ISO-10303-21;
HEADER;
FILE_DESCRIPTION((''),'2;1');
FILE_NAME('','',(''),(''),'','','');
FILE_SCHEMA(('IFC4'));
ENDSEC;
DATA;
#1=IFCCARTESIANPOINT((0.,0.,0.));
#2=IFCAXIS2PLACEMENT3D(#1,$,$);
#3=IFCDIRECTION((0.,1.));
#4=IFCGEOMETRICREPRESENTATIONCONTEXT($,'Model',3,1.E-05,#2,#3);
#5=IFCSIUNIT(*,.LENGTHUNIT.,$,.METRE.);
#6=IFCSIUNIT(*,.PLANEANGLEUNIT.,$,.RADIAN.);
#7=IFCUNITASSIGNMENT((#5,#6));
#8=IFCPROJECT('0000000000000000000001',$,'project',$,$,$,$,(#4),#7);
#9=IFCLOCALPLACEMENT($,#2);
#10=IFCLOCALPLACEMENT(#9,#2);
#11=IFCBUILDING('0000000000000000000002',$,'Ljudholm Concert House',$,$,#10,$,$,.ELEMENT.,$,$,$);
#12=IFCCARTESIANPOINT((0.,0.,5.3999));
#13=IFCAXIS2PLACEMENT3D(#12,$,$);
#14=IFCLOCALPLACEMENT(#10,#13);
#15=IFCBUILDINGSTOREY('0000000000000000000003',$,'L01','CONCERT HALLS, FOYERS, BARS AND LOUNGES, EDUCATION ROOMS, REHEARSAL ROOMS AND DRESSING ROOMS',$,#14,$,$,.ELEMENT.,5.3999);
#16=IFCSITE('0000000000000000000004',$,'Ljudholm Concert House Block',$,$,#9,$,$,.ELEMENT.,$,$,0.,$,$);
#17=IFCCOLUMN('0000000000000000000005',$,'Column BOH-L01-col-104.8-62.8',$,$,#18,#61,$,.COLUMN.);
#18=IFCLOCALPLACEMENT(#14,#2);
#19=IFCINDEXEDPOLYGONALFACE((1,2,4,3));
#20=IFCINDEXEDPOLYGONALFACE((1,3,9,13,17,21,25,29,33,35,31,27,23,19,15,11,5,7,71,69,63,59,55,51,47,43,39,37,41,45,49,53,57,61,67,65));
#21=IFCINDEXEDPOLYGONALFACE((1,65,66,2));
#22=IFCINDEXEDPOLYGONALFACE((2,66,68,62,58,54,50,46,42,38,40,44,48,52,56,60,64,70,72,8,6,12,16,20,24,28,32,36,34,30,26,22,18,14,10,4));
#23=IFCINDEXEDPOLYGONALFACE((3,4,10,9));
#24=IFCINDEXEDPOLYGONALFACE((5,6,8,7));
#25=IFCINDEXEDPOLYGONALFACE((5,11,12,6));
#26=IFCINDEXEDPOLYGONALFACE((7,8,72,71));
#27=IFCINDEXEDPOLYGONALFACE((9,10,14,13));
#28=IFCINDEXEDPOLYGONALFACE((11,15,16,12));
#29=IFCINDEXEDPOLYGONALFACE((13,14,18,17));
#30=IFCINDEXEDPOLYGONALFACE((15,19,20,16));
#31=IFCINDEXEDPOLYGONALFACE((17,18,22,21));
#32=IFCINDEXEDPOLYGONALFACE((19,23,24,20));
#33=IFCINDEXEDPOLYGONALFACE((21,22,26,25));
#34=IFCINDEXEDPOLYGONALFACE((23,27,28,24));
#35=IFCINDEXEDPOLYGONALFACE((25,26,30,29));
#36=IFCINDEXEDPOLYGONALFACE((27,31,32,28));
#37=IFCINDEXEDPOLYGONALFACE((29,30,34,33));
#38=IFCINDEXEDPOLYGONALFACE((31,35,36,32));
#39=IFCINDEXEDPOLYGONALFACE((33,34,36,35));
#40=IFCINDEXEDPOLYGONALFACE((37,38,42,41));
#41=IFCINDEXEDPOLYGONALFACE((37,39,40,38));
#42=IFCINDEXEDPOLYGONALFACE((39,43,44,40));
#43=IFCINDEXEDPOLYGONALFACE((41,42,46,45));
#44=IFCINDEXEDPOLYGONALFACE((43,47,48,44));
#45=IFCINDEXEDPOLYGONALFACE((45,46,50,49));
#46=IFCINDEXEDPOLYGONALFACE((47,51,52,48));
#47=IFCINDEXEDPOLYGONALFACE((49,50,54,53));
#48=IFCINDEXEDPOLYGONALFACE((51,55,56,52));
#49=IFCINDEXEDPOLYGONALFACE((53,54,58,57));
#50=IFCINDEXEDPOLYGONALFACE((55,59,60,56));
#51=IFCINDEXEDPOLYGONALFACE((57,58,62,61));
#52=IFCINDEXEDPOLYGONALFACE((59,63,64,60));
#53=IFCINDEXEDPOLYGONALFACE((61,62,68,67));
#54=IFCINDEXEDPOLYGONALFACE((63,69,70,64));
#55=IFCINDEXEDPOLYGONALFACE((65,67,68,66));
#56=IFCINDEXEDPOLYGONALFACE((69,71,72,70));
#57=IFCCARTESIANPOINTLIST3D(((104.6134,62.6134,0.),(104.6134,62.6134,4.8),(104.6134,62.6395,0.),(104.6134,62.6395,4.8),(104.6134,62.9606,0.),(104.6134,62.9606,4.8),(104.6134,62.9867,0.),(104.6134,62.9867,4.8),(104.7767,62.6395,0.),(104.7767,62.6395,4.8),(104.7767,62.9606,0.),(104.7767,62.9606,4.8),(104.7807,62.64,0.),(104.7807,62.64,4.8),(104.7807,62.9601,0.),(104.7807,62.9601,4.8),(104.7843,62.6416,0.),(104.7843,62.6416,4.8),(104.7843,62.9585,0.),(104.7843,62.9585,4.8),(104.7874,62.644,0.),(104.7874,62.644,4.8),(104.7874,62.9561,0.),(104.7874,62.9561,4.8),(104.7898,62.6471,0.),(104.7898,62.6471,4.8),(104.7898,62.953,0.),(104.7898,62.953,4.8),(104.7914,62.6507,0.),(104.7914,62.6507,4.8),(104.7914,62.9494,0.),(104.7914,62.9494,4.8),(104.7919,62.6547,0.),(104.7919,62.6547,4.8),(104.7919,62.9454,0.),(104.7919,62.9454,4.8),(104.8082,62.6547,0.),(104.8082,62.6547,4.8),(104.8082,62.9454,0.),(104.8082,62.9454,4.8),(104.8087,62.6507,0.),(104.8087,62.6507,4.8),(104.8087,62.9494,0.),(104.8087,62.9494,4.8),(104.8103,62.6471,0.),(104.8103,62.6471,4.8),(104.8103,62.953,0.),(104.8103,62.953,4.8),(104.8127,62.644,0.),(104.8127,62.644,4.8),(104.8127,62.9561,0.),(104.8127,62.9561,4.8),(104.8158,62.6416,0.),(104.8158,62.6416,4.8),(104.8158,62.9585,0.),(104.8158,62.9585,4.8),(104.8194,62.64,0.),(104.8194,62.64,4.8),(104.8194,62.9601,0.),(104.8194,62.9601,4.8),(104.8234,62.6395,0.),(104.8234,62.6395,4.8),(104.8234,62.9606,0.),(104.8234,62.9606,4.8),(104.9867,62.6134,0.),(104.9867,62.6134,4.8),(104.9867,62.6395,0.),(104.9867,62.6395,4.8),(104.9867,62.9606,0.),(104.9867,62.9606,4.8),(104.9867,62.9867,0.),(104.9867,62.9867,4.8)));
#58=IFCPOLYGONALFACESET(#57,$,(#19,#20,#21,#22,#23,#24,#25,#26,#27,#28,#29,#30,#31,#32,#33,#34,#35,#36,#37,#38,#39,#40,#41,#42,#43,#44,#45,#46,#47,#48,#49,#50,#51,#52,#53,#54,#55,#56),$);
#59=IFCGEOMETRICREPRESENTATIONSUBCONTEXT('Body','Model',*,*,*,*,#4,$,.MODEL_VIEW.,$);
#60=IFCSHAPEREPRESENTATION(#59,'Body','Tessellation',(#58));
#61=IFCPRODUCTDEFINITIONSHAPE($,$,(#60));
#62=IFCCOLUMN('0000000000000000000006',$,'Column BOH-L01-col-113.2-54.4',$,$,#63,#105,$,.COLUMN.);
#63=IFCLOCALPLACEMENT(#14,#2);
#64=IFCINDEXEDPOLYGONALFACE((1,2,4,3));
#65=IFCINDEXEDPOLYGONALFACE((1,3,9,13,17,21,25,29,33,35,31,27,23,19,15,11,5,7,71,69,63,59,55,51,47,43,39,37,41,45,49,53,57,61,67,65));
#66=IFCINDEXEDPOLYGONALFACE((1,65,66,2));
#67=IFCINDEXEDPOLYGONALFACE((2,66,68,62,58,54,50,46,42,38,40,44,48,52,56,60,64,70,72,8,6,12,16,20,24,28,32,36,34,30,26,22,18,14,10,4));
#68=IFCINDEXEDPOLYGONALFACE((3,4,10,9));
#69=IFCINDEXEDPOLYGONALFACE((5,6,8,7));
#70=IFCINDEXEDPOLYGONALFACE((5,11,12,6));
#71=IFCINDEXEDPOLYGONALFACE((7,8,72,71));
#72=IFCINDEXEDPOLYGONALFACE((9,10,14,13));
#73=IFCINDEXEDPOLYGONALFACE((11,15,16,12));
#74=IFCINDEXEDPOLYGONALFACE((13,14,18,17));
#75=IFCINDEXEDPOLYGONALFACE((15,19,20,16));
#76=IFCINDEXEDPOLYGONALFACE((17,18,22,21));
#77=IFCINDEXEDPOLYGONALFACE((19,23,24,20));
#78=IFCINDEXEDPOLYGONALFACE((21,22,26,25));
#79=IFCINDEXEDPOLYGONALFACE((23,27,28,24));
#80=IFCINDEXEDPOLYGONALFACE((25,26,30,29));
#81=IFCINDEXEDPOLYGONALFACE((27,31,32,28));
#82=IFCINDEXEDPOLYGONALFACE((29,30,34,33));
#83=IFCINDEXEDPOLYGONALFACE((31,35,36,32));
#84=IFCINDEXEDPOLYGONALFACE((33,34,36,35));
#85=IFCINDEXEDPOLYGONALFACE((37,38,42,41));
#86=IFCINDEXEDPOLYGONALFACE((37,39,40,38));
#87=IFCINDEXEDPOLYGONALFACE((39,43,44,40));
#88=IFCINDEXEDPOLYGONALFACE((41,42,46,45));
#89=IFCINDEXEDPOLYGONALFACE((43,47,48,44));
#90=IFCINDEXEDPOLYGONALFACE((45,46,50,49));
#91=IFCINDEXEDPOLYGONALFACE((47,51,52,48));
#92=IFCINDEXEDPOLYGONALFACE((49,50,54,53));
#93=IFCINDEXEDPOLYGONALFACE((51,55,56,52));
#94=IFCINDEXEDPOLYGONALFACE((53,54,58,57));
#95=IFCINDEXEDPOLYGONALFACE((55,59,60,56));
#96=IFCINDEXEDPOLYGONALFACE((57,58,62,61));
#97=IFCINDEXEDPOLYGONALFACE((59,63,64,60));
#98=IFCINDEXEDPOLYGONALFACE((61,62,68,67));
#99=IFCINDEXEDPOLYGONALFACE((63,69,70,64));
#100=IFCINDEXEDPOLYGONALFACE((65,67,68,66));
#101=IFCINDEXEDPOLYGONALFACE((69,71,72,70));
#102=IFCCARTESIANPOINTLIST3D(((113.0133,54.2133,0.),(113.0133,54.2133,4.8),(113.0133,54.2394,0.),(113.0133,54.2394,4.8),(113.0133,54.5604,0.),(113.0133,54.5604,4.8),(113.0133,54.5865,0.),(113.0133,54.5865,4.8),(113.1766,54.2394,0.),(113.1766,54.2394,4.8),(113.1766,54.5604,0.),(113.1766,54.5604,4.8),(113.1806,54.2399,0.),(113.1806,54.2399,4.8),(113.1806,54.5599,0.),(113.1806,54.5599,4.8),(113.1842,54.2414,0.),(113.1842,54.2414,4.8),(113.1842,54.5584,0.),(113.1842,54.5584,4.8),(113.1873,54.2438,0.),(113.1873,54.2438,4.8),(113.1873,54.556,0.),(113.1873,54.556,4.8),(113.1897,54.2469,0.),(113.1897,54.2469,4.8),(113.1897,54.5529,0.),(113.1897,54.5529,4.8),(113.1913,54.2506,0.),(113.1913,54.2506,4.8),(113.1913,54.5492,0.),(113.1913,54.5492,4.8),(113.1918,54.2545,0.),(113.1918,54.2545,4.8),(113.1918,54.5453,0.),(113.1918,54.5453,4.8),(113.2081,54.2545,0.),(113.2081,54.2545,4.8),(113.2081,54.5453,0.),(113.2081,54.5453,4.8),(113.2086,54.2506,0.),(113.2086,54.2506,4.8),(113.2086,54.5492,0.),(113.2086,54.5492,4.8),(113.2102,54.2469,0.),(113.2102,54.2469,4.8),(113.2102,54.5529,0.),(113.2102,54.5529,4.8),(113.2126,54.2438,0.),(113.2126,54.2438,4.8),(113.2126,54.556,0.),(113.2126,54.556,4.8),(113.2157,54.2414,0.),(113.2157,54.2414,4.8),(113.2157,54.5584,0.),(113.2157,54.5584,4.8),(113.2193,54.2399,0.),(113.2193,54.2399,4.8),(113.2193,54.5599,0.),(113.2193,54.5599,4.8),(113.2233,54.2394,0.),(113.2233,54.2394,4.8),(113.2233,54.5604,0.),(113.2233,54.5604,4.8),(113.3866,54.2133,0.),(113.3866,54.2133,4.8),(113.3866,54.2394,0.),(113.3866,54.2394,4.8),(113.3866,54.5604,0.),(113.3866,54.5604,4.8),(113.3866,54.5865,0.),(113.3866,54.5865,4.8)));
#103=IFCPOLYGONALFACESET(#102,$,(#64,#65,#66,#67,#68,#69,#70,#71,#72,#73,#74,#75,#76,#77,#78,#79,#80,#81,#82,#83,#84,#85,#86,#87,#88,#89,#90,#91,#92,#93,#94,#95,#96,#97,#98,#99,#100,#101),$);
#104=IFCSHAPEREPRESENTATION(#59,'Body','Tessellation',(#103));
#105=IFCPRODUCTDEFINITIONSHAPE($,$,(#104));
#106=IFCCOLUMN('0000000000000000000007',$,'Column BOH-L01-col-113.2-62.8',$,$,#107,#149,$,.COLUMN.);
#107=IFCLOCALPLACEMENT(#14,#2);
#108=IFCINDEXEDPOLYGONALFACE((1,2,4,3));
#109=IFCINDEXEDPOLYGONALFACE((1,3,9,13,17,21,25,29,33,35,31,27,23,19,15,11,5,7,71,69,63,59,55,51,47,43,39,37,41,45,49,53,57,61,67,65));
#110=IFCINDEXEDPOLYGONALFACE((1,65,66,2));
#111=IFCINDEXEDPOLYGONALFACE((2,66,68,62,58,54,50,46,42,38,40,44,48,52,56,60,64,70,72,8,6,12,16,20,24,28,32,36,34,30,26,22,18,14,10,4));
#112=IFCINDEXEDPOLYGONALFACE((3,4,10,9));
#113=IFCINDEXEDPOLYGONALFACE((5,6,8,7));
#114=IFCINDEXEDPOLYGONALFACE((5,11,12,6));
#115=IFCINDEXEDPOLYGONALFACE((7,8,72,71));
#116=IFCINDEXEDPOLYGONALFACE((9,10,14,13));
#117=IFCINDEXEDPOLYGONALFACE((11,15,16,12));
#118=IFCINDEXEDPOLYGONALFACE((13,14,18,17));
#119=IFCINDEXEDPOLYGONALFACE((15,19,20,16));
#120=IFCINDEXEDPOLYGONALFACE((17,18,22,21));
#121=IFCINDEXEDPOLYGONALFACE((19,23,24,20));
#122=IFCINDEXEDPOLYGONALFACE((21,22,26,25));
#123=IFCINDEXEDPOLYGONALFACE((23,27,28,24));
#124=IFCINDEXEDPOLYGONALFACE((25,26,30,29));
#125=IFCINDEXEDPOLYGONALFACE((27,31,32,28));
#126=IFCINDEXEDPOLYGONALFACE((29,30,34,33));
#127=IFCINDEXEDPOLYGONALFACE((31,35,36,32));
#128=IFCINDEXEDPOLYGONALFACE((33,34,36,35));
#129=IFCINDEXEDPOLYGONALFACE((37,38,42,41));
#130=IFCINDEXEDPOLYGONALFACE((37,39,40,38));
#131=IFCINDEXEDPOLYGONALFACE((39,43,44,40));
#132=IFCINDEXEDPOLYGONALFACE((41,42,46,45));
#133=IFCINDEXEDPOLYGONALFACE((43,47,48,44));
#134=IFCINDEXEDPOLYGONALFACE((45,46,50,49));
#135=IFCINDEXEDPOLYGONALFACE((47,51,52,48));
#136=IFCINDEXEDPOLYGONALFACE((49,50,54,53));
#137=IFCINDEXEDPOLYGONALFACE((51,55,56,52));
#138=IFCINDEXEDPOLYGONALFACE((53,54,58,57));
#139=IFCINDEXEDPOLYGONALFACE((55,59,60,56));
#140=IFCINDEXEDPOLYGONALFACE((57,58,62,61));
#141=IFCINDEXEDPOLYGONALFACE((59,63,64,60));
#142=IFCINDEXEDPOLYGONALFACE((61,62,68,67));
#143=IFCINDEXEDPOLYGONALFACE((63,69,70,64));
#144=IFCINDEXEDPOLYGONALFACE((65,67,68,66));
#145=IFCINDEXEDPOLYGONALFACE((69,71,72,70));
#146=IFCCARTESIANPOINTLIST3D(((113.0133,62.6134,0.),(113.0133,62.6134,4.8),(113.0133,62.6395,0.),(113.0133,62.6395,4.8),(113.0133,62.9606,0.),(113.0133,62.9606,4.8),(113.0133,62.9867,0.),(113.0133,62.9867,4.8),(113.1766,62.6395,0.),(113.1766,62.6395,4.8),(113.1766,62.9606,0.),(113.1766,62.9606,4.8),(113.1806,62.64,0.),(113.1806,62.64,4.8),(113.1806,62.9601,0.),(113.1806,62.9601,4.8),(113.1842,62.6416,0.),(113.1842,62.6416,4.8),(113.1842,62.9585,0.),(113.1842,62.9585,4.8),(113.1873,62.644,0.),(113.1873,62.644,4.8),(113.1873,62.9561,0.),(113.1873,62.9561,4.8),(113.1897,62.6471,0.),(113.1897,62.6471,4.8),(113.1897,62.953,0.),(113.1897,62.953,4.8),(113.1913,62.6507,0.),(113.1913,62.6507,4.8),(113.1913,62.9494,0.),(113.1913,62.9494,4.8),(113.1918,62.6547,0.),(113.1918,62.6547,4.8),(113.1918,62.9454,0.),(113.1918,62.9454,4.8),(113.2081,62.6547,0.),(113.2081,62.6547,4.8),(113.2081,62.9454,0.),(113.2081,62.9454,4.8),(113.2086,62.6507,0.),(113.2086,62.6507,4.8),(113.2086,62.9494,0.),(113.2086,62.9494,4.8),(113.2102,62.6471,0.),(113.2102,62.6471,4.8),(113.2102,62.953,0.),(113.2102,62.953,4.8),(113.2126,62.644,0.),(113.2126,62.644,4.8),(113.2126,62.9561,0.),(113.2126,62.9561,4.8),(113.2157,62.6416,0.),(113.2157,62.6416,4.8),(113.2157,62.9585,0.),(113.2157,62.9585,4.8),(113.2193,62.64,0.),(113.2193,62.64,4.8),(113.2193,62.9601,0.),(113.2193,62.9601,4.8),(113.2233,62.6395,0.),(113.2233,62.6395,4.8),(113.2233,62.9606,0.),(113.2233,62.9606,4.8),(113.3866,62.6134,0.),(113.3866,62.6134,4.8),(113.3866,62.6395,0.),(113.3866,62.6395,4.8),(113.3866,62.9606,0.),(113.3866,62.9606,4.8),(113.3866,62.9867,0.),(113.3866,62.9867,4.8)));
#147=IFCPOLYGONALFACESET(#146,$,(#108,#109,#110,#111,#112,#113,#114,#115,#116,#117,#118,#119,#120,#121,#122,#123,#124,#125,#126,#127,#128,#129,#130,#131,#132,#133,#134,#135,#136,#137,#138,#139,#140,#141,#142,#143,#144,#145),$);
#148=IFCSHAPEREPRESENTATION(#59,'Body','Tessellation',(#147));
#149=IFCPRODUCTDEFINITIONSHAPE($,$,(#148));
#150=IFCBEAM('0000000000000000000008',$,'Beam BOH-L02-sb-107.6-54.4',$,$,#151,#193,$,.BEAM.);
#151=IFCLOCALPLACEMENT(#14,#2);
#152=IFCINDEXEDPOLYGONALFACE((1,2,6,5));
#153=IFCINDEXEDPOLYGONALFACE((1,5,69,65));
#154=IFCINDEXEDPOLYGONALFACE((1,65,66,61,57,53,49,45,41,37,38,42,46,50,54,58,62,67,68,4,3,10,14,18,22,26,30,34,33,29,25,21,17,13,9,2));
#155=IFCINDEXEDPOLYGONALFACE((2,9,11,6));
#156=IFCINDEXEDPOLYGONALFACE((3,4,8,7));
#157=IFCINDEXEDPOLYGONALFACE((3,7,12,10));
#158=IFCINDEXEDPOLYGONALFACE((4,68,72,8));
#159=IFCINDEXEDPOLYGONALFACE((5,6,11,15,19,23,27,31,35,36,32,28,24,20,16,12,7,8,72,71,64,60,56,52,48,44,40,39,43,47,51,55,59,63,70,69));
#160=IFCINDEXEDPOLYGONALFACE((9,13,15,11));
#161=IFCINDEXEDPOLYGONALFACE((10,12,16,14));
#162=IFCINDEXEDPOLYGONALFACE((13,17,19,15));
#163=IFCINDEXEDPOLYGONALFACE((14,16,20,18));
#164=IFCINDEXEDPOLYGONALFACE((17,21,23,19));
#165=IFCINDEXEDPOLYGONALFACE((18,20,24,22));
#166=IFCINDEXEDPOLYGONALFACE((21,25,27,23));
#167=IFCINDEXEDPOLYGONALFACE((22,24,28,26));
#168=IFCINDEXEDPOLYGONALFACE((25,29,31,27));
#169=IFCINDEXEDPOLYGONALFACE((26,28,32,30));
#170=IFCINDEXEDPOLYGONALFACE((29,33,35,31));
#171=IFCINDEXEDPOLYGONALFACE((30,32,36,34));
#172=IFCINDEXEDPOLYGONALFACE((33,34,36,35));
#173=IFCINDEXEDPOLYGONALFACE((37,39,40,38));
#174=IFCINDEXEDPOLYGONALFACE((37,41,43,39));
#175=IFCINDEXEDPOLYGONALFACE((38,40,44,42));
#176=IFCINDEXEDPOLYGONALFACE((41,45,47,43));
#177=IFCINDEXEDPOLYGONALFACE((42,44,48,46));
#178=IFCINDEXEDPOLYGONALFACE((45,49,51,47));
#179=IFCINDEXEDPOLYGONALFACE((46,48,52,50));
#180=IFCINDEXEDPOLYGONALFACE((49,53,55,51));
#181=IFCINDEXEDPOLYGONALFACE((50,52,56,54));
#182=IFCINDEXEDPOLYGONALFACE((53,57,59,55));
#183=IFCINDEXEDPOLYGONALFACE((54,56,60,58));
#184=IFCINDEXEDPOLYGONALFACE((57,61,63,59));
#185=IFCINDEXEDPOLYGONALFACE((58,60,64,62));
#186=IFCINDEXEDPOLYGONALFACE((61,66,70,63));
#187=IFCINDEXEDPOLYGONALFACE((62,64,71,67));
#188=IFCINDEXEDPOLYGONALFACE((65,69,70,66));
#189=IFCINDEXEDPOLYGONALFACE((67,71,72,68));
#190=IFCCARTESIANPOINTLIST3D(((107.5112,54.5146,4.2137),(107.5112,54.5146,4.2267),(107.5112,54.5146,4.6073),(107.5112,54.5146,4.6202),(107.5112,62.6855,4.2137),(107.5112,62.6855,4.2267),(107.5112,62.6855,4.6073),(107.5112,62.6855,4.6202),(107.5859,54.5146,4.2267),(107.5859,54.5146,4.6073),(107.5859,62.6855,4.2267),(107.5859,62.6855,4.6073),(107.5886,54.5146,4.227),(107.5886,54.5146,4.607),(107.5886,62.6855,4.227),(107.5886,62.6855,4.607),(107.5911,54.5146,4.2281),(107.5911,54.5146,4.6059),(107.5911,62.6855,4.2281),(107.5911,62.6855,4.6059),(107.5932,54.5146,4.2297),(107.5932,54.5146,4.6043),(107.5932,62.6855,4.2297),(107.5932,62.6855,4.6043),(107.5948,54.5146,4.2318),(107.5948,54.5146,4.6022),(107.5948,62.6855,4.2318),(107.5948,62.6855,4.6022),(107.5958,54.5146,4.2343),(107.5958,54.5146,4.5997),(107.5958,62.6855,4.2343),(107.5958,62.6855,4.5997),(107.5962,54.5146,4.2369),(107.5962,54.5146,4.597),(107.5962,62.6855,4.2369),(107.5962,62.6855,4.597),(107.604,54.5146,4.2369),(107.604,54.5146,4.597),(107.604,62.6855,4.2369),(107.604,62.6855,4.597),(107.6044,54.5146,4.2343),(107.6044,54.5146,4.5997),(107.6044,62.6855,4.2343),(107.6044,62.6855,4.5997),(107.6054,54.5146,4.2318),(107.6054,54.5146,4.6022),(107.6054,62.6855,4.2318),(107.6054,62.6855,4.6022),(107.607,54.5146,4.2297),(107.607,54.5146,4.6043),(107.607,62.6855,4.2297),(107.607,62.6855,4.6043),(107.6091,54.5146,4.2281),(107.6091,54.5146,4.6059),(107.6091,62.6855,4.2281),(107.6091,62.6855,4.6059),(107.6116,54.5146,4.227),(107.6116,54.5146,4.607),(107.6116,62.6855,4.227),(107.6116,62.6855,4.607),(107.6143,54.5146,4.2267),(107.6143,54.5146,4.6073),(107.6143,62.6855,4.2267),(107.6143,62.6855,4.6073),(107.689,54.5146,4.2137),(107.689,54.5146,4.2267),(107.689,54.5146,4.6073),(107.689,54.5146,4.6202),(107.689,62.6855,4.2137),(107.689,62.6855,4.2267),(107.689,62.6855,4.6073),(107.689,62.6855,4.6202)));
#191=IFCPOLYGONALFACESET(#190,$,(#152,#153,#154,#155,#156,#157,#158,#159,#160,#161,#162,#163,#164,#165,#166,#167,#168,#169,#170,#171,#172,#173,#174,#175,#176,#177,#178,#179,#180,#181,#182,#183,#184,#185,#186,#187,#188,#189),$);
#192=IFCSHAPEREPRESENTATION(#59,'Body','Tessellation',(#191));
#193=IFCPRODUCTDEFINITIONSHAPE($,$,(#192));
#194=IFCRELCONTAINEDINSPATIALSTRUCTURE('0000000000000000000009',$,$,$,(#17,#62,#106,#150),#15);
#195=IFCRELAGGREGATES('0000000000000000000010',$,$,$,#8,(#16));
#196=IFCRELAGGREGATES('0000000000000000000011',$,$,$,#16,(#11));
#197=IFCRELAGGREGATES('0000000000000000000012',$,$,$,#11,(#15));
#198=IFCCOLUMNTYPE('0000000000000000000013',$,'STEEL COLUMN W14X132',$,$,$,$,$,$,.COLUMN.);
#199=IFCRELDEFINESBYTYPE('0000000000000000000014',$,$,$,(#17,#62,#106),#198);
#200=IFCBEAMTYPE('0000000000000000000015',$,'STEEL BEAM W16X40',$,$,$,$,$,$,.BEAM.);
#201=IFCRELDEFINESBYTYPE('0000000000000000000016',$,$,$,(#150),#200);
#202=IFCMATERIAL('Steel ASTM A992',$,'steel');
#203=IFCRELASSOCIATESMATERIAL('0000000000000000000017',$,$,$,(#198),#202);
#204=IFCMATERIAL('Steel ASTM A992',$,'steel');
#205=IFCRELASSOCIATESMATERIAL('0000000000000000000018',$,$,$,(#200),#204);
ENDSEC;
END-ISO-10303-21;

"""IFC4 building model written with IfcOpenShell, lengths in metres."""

from ifc_helpers import new_model, si_unit, direction, frame, origin, origin_2d, place, context, subcontext, project, spatial, i_section, extrude, material, material_profile, profile_set, type_object, element, save


model = new_model("IFC4")

# Units and contexts
model_context = context("Model", 3, precision=1e-05, world=origin(), true_north=direction((0.0, 1.0)))
body_context = subcontext(model_context, "Body", "Model", "MODEL_VIEW")
ifc_project = project(units=[si_unit("LENGTHUNIT", "METRE"), si_unit("PLANEANGLEUNIT", "RADIAN")], contexts=[model_context])

# Site, building, storey
site_placement = place(None, origin())
site = spatial("IfcSite", under=ifc_project, at=site_placement, Name="Ljudholm Concert House Block", CompositionType="ELEMENT", RefElevation=0.0)
building_placement = place(site_placement, origin())
building = spatial("IfcBuilding", under=site, at=building_placement, Name="Ljudholm Concert House", CompositionType="ELEMENT")
storey_placement = place(building_placement, frame((0.0, 0.0, 5.3999)))
storey = spatial("IfcBuildingStorey", under=building, at=storey_placement, Name="L01", Description="CONCERT HALLS, FOYERS, BARS AND LOUNGES, EDUCATION ROOMS, REHEARSAL ROOMS AND DRESSING ROOMS", CompositionType="ELEMENT", Elevation=5.3999)

# Columns
ifc_material_1 = material(Name="Steel ASTM A992", Category="steel")
ifc_material_profile_1 = material_profile(ifc_material_1, i_section(OverallWidth=0.3733, OverallDepth=0.3733, WebThickness=0.0164, FlangeThickness=0.0261, FilletRadius=0.0151, at=origin_2d()), Name="W14X132")
ifc_profile_set_1 = profile_set([ifc_material_profile_1], Name="Steel ASTM A992")
column_type = type_object("IfcColumnType", Name="STEEL COLUMN W14X132", PredefinedType="COLUMN", material=ifc_profile_set_1)
for number, where, z_axis, x_axis, name in (
    (1, (104.8, 62.8, 0.0), (0.0, 0.0, 1.0), (1.0, 0.0, 0.0), "Column BOH-L01-col-104.8-62.8"),
    (2, (113.2, 54.3999, 0.0), (0.0, 0.0, 1.0), (1.0, 0.0, 0.0), "Column BOH-L01-col-113.2-54.4"),
    (3, (113.2, 62.8, 0.0), (0.0, 0.0, 1.0), (1.0, 0.0, 0.0), "Column BOH-L01-col-113.2-62.8"),
):
    element("IfcColumn", number, at=place(storey_placement, frame(where, z_axis=z_axis, x_axis=x_axis)), inside=storey, type_object=column_type, Name=name, PredefinedType="COLUMN", context=body_context, shape_type="SweptSolid", body=[
        extrude(i_section(OverallWidth=0.3733, OverallDepth=0.3733, WebThickness=0.0164, FlangeThickness=0.0261, FilletRadius=0.0151, at=origin_2d()), origin(), (0.0, 0.0, 1.0), 4.8),
    ])

# Beam
ifc_material_2 = material(Name="Steel ASTM A992", Category="steel")
ifc_material_profile_2 = material_profile(ifc_material_2, i_section(OverallWidth=0.1777, OverallDepth=0.4065, WebThickness=0.0078, FlangeThickness=0.0129, FilletRadius=0.0103, at=origin_2d()), Name="W16X40")
ifc_profile_set_2 = profile_set([ifc_material_profile_2], Name="Steel ASTM A992")
beam_type_1 = type_object("IfcBeamType", Name="STEEL BEAM W16X40", PredefinedType="BEAM", material=ifc_profile_set_2)
for number, where, z_axis, x_axis, name in (
    (4, (107.6001, 54.5146, 4.417), (0.0, 1.0, 0.0), (-1.0, 0.0, 0.0), "Beam BOH-L02-sb-107.6-54.4"),
):
    element("IfcBeam", number, at=place(storey_placement, frame(where, z_axis=z_axis, x_axis=x_axis)), inside=storey, type_object=beam_type_1, Name=name, PredefinedType="BEAM", context=body_context, shape_type="SweptSolid", body=[
        extrude(i_section(OverallWidth=0.1777, OverallDepth=0.4065, WebThickness=0.0078, FlangeThickness=0.0129, FilletRadius=0.0103, at=origin_2d()), origin(), (0.0, 0.0, 1.0), 8.1709),
    ])

save(model, "model.ifc")
